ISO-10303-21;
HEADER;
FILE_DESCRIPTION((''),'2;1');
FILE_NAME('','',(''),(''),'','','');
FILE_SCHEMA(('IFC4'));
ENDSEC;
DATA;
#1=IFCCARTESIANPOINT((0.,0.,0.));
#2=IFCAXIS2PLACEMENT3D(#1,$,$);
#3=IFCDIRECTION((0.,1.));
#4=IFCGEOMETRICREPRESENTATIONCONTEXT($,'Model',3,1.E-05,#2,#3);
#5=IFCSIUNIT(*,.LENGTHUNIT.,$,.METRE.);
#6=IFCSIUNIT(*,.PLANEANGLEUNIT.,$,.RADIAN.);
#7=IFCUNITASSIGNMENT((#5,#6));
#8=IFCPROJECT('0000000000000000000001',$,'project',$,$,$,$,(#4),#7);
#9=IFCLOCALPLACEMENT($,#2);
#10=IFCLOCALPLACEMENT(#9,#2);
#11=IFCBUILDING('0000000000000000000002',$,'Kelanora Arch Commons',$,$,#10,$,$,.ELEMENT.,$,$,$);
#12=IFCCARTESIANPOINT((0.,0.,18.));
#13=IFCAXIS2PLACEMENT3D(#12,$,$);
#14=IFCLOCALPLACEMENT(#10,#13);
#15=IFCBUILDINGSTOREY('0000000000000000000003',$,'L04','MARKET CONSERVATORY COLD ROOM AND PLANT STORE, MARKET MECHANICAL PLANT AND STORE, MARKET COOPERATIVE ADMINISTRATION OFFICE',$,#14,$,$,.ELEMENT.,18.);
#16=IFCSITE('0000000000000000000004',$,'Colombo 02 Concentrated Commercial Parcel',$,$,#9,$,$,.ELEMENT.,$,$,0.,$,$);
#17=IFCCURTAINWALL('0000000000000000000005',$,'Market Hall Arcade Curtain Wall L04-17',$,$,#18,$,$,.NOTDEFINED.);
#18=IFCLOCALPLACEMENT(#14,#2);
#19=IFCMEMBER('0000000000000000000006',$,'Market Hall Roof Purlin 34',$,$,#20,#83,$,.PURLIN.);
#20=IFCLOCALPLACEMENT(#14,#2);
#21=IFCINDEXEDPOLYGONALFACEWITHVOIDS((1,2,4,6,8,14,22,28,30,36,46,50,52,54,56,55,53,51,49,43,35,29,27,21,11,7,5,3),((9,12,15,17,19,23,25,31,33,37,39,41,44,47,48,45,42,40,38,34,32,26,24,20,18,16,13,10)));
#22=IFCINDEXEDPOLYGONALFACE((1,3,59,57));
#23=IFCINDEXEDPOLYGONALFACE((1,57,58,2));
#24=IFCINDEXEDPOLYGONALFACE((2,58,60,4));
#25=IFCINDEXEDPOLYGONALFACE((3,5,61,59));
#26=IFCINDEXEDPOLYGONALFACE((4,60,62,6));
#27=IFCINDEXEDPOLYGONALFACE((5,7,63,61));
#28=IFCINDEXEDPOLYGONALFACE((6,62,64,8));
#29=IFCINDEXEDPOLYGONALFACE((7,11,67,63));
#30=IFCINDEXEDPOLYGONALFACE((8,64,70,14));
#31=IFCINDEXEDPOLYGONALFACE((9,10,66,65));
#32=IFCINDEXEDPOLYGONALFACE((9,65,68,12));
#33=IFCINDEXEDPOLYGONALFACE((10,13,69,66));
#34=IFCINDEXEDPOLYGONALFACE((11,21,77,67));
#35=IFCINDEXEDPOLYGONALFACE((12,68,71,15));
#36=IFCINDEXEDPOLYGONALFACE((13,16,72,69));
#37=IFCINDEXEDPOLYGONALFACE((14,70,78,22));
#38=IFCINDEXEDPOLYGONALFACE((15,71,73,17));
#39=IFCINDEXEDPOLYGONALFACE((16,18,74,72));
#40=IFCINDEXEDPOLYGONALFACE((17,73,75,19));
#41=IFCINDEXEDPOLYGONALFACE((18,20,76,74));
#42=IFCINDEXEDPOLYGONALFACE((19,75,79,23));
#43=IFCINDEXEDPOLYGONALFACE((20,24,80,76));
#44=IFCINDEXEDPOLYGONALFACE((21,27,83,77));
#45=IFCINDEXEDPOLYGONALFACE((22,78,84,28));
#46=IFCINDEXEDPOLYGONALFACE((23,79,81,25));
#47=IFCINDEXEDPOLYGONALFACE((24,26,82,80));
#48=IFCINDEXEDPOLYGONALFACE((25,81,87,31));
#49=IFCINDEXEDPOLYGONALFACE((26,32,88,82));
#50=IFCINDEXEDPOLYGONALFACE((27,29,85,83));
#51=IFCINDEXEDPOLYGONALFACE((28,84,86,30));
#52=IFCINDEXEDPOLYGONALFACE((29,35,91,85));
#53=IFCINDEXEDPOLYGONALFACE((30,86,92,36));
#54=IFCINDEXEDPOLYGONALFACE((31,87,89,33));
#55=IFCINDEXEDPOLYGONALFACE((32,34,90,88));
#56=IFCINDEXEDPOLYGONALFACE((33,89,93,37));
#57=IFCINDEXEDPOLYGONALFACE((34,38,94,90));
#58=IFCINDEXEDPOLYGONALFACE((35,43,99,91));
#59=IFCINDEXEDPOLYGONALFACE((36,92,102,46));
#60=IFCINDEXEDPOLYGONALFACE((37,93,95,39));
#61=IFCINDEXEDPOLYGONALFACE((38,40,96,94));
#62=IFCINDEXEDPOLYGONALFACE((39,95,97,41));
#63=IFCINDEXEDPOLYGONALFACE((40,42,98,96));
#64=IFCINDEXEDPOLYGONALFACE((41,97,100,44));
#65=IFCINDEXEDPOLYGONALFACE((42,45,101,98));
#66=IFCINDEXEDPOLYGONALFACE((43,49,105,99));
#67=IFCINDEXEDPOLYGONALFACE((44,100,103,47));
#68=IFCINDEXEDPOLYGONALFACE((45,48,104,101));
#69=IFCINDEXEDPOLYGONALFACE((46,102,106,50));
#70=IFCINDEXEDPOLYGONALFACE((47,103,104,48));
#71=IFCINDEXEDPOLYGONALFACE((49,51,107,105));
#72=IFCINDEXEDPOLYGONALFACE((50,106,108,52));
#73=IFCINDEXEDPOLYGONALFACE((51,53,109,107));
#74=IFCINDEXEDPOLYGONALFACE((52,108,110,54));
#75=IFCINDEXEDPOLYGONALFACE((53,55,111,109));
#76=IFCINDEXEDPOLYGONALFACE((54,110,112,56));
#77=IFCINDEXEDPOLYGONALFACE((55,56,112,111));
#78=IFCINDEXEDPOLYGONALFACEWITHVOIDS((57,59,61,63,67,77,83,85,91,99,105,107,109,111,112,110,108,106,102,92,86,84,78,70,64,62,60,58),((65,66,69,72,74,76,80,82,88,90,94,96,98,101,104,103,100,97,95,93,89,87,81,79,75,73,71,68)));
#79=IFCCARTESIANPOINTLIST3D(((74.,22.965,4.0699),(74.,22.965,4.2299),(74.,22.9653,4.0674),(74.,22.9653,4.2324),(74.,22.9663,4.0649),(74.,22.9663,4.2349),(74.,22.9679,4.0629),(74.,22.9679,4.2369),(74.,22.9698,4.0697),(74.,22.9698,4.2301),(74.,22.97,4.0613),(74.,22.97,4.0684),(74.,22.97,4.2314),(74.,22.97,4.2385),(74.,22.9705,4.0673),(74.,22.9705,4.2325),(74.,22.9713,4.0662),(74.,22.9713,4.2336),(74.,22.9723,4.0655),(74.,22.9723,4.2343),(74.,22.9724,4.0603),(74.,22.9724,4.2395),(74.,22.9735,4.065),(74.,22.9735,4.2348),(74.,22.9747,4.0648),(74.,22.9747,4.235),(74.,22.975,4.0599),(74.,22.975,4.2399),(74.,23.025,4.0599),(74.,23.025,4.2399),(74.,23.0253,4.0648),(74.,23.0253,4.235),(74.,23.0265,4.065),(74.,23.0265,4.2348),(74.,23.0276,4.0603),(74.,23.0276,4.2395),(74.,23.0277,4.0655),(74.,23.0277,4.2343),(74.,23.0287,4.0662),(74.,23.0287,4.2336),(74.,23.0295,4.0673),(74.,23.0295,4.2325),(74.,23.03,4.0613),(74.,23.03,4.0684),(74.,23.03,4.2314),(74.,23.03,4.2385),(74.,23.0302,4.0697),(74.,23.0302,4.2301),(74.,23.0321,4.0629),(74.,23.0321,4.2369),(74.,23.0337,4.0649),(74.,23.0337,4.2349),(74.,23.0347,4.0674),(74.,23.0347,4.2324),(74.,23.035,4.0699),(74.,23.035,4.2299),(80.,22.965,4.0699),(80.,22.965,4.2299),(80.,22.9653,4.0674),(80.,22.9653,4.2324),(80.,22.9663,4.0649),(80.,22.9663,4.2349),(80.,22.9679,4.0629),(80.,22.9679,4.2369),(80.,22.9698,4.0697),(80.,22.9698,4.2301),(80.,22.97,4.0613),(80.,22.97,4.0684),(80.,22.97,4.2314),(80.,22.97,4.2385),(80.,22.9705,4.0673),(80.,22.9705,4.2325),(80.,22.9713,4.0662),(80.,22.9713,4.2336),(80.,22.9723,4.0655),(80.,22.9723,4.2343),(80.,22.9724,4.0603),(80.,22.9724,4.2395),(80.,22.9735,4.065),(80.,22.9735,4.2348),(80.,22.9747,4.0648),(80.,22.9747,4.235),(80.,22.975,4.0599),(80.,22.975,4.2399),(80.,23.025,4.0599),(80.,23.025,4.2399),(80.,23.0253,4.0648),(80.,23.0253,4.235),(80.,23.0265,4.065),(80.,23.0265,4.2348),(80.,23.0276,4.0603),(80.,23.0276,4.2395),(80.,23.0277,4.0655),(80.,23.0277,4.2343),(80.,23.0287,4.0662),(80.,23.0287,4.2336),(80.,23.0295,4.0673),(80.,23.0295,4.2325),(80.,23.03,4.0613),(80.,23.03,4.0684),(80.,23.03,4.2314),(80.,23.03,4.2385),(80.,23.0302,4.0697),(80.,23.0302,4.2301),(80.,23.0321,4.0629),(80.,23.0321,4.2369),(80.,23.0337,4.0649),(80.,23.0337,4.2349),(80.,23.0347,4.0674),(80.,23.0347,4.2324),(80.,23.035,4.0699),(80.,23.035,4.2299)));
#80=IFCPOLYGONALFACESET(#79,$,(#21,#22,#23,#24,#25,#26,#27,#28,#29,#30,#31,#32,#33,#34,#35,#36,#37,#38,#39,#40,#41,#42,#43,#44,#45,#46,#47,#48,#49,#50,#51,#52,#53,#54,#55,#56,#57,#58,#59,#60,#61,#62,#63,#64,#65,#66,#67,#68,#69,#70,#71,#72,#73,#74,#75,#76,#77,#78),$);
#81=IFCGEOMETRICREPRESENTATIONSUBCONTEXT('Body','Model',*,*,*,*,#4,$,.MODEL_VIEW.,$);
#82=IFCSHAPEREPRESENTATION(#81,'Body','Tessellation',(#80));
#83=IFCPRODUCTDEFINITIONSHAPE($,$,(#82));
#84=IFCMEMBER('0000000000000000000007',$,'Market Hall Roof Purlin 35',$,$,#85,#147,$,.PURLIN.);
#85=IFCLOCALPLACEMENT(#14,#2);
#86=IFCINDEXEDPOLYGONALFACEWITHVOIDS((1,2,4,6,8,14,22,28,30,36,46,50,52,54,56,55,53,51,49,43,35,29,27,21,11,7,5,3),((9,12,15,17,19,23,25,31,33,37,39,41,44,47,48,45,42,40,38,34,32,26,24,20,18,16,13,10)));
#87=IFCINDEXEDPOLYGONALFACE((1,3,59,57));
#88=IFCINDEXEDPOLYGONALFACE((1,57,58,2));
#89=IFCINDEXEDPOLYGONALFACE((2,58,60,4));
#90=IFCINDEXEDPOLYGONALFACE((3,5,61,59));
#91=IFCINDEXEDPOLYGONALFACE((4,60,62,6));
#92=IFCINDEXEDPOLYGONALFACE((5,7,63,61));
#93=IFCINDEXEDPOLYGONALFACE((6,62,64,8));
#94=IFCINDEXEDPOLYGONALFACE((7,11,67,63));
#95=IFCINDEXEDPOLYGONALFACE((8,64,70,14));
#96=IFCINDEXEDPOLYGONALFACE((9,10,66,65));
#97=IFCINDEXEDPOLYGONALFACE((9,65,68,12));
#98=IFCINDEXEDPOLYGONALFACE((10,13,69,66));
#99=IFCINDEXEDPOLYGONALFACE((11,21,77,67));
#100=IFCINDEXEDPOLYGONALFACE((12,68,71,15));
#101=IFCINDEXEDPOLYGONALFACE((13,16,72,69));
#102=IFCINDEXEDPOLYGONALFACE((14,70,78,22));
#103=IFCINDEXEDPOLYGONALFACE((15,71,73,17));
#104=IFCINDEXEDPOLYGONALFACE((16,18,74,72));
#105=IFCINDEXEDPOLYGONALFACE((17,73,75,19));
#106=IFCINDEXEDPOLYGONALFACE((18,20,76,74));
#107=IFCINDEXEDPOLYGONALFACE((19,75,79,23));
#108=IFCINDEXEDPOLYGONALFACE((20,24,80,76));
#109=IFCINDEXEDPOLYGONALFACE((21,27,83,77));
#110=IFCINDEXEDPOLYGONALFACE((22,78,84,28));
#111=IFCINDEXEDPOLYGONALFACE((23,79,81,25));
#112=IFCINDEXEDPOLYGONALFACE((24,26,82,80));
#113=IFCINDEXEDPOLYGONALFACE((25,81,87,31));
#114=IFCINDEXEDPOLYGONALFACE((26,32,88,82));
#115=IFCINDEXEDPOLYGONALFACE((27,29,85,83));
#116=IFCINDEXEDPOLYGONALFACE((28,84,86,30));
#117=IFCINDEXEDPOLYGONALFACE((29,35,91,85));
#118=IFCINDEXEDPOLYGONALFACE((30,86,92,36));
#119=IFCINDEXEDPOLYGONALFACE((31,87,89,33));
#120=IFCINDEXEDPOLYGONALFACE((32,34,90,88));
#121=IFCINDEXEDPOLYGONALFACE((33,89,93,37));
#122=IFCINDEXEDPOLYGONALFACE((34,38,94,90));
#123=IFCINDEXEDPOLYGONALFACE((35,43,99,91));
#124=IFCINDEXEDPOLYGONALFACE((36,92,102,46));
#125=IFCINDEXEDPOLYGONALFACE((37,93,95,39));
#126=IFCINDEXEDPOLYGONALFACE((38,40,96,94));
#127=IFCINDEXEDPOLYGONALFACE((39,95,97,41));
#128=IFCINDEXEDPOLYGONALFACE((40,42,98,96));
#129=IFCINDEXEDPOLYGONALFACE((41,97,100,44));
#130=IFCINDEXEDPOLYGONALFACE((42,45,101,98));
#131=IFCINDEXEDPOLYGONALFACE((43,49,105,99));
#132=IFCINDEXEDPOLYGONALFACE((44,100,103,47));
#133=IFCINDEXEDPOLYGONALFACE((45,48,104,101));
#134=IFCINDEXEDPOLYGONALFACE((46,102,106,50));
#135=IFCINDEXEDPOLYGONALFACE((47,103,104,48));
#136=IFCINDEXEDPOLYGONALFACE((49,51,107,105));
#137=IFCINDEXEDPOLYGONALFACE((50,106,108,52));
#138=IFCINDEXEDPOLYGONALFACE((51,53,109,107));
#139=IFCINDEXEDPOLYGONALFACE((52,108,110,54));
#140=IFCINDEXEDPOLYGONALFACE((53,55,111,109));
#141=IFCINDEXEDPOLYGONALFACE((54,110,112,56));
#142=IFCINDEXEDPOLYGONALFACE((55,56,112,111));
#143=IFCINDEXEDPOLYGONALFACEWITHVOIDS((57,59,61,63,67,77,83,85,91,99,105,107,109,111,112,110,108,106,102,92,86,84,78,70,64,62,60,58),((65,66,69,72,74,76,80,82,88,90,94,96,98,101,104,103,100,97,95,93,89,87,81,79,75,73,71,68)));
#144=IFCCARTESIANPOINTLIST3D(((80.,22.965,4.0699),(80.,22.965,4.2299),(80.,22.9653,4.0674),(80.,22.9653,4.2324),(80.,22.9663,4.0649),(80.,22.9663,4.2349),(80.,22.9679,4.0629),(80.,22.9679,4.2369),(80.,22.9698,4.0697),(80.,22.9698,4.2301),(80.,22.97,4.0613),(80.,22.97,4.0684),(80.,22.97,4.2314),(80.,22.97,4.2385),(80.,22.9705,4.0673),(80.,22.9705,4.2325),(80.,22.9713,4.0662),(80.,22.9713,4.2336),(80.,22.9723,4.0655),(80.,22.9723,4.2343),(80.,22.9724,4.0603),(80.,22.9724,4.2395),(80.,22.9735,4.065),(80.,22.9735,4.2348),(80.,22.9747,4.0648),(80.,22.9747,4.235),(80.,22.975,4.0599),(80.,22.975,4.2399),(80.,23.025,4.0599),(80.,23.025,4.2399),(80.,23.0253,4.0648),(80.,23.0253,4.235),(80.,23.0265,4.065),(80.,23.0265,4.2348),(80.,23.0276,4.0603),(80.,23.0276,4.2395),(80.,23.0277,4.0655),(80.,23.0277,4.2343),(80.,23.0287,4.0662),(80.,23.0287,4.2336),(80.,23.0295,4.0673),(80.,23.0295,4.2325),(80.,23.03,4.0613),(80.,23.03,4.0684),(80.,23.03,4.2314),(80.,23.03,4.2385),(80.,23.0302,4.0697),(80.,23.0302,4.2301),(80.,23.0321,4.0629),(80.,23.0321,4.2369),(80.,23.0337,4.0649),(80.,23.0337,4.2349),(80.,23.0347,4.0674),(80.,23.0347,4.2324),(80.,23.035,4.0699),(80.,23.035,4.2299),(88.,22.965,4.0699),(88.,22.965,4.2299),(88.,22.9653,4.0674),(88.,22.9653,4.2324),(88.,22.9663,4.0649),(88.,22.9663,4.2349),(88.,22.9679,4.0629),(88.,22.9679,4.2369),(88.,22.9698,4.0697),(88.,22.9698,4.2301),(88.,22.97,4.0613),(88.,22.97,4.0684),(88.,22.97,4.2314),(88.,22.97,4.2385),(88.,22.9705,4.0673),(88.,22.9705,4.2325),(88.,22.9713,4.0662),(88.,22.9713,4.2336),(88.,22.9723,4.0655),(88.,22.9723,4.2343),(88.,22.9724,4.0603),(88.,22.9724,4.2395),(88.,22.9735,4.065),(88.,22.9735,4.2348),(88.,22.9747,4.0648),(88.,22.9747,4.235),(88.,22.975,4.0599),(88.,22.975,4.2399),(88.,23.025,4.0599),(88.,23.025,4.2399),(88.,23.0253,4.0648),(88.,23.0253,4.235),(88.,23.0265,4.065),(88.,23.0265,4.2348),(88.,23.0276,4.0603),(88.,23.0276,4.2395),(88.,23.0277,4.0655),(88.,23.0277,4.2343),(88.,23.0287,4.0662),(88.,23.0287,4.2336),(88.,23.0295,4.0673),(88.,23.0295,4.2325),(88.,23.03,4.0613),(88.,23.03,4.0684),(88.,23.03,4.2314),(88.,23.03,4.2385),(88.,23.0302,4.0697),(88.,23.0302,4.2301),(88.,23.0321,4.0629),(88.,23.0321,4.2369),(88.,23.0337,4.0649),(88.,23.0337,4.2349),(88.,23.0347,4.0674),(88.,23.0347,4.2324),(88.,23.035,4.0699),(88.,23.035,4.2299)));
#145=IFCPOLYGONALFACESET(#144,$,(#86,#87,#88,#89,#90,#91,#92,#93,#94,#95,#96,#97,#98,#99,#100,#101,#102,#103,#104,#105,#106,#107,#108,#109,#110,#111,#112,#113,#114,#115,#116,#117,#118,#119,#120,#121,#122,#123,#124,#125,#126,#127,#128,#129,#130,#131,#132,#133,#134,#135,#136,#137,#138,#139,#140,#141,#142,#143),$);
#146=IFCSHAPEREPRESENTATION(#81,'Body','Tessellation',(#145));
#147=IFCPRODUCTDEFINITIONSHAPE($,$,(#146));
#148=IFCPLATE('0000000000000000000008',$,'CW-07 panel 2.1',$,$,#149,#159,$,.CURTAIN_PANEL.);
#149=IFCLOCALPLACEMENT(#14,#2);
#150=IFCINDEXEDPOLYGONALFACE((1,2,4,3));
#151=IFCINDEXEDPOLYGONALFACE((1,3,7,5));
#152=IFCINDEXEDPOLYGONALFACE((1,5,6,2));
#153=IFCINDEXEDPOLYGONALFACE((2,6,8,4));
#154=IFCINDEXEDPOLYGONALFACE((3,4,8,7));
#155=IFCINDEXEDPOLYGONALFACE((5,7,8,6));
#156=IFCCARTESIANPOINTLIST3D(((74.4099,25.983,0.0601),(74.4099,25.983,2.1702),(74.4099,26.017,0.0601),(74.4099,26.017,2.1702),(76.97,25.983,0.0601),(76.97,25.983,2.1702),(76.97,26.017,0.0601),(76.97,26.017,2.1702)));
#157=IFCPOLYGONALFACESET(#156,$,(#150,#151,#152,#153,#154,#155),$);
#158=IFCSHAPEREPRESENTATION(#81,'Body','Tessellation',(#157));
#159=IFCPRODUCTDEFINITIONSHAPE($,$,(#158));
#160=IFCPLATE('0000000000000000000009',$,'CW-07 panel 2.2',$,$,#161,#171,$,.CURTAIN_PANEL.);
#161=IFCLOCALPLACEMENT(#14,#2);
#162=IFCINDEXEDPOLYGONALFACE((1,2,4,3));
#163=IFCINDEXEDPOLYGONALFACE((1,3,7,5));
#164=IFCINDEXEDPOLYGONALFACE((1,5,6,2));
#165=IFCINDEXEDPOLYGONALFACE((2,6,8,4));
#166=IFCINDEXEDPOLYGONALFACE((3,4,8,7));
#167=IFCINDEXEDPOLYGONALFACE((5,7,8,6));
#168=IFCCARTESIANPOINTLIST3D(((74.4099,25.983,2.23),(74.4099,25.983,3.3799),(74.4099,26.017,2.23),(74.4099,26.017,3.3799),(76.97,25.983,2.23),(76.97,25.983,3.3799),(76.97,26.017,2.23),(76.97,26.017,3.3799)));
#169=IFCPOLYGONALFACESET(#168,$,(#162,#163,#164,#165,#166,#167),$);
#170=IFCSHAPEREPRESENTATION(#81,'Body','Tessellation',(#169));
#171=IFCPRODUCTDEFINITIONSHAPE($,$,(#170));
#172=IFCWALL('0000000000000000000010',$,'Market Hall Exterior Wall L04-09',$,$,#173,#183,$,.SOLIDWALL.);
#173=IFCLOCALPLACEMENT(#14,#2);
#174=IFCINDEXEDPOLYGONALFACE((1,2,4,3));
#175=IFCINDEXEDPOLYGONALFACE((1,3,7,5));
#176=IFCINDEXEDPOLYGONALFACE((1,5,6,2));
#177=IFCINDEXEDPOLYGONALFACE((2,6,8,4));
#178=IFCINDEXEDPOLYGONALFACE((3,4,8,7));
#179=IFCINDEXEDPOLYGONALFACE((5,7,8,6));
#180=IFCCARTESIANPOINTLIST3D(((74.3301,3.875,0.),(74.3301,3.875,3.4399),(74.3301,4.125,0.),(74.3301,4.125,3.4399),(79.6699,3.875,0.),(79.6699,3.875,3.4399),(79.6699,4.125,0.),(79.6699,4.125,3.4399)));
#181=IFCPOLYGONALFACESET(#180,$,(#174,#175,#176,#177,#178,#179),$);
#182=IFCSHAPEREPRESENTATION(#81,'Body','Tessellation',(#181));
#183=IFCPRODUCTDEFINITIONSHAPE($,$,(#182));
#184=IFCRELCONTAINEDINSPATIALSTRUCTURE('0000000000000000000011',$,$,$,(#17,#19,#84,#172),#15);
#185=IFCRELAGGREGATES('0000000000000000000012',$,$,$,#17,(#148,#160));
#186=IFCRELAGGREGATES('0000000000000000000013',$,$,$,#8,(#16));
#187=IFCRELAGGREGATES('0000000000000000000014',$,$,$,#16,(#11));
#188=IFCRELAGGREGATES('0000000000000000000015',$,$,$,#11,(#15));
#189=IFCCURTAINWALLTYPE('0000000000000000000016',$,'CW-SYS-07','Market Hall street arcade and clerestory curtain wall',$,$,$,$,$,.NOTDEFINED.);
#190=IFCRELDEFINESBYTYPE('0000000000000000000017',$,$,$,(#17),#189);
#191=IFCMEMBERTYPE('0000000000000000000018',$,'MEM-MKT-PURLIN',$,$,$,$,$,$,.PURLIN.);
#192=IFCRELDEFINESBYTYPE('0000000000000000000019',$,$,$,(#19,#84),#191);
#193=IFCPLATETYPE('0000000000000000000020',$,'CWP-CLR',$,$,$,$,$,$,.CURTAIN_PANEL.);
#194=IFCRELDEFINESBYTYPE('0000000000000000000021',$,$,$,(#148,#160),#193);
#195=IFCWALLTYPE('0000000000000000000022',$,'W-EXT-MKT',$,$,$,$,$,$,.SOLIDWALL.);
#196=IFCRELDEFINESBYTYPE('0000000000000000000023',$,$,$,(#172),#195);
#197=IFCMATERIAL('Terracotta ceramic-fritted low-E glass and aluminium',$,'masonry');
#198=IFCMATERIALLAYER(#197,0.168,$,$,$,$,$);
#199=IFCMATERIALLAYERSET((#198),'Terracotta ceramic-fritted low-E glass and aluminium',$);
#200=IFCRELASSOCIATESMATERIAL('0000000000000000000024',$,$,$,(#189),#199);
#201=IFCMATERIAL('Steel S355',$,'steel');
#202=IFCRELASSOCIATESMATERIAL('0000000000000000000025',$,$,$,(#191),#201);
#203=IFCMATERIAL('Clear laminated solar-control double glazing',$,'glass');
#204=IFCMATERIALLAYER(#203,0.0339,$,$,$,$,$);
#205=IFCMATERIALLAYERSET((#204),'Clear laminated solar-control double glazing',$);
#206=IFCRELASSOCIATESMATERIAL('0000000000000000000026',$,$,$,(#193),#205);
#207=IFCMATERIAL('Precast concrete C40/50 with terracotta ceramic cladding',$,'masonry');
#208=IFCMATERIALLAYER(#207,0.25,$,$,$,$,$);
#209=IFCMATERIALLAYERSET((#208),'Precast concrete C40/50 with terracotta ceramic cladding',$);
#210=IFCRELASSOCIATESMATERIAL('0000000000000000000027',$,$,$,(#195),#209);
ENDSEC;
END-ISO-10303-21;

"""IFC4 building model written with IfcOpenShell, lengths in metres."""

from ifc_helpers import new_model, si_unit, direction, frame, frame_2d, origin, origin_2d, place, context, subcontext, project, spatial, rectangle, hollow_rectangle, extrude, source, transform, mapped, material, layer, layer_set, material_profile, profile_set, type_object, element, aggregate, save


model = new_model("IFC4")

# Units and contexts
model_context = context("Model", 3, precision=1e-05, world=origin(), true_north=direction((0.0, 1.0)))
body_context = subcontext(model_context, "Body", "Model", "MODEL_VIEW")
ifc_project = project(units=[si_unit("LENGTHUNIT", "METRE"), si_unit("PLANEANGLEUNIT", "RADIAN")], contexts=[model_context])

# Site, building, storey
site_placement = place(None, origin())
site = spatial("IfcSite", under=ifc_project, at=site_placement, Name="Colombo 02 Concentrated Commercial Parcel", CompositionType="ELEMENT", RefElevation=0.0)
building_placement = place(site_placement, origin())
building = spatial("IfcBuilding", under=site, at=building_placement, Name="Kelanora Arch Commons", CompositionType="ELEMENT")
storey_placement = place(building_placement, frame((0.0, 0.0, 18.0)))
storey = spatial("IfcBuildingStorey", under=building, at=storey_placement, Name="L04", Description="MARKET CONSERVATORY COLD ROOM AND PLANT STORE, MARKET MECHANICAL PLANT AND STORE, MARKET COOPERATIVE ADMINISTRATION OFFICE", CompositionType="ELEMENT", Elevation=18.0)

# Shared definitions
ifc_material_1 = material(Name="Steel S355", Category="steel")

# Curtain wall
ifc_material_2 = material(Name="Terracotta ceramic-fritted low-E glass and aluminium", Category="masonry")
ifc_layer_1 = layer(ifc_material_2, 0.168)
ifc_layer_set_1 = layer_set([ifc_layer_1], Name="Terracotta ceramic-fritted low-E glass and aluminium")
curtain_wall_type = type_object("IfcCurtainWallType", Name="CW-SYS-07", Description="Market Hall street arcade and clerestory curtain wall", PredefinedType="NOTDEFINED", material=ifc_layer_set_1)
curtain_wall_placement = place(storey_placement, origin())
curtain_wall = element("IfcCurtainWall", 1, at=curtain_wall_placement, inside=storey, type_object=curtain_wall_type, Name="Market Hall Arcade Curtain Wall L04-17", PredefinedType="NOTDEFINED")

# Members
ifc_material_profile_1 = material_profile(ifc_material_1, hollow_rectangle(XDim=0.0701, YDim=0.1799, WallThickness=0.0049, InnerFilletRadius=0.0049, OuterFilletRadius=0.01, at=origin_2d()), Name="RHS180x70x5")
ifc_profile_set_1 = profile_set([ifc_material_profile_1], Name="Steel S355")
member_type_1 = type_object("IfcMemberType", Name="MEM-MKT-PURLIN", PredefinedType="PURLIN", material=ifc_profile_set_1)
member_1_placement = place(storey_placement, frame((74.0, 23.0, 4.1499), z_axis=(1.0, 0.0, 0.0), x_axis=(0.0, 1.0, 0.0)))
element("IfcMember", 2, at=member_1_placement, inside=storey, type_object=member_type_1, Name="Market Hall Roof Purlin 34", PredefinedType="PURLIN", context=body_context, shape_type="SweptSolid", body=[
    extrude(hollow_rectangle(XDim=0.0701, YDim=0.1799, WallThickness=0.0049, InnerFilletRadius=0.0049, OuterFilletRadius=0.01, at=origin_2d()), origin(), (0.0, 0.0, 1.0), 6.0),
])
member_2_placement = place(storey_placement, frame((80.0, 23.0, 4.1499), z_axis=(1.0, 0.0, 0.0), x_axis=(0.0, 1.0, 0.0)))
element("IfcMember", 3, at=member_2_placement, inside=storey, type_object=member_type_1, Name="Market Hall Roof Purlin 35", PredefinedType="PURLIN", context=body_context, shape_type="SweptSolid", body=[
    extrude(hollow_rectangle(XDim=0.0701, YDim=0.1799, WallThickness=0.0049, InnerFilletRadius=0.0049, OuterFilletRadius=0.01, at=origin_2d()), origin(), (0.0, 0.0, 1.0), 8.0),
])

# Plates
ifc_material_3 = material(Name="Clear laminated solar-control double glazing", Category="glass")
ifc_layer_2 = layer(ifc_material_3, 0.0339)
ifc_layer_set_2 = layer_set([ifc_layer_2], Name="Clear laminated solar-control double glazing")
plate_type = type_object("IfcPlateType", Name="CWP-CLR", PredefinedType="CURTAIN_PANEL", material=ifc_layer_set_2)
shared_shape_1 = source(origin(), body_context, "Body", "SweptSolid", [
    extrude(rectangle(XDim=2.5601, YDim=0.0339, at=origin_2d()), origin(), (0.0, 0.0, 1.0), 2.1101),
])
plate_1_placement = place(storey_placement, frame((75.6899, 26.0, 0.0601), z_axis=(0.0, 0.0, 1.0), x_axis=(-1.0, 0.0, 0.0)))
plate_1 = element("IfcPlate", 4, at=plate_1_placement, type_object=plate_type, Name="CW-07 panel 2.1", PredefinedType="CURTAIN_PANEL", context=body_context, shape_type="MappedRepresentation", body=[
    mapped(shared_shape_1, transform((0.0, 0.0, 0.0), scale=1.0)),
])
shared_shape_2 = source(origin(), body_context, "Body", "SweptSolid", [
    extrude(rectangle(XDim=2.5601, YDim=0.0339, at=origin_2d()), origin(), (0.0, 0.0, 1.0), 1.1499),
])
plate_2_placement = place(storey_placement, frame((75.6899, 26.0, 2.23), z_axis=(0.0, 0.0, 1.0), x_axis=(-1.0, 0.0, 0.0)))
plate_2 = element("IfcPlate", 5, at=plate_2_placement, type_object=plate_type, Name="CW-07 panel 2.2", PredefinedType="CURTAIN_PANEL", context=body_context, shape_type="MappedRepresentation", body=[
    mapped(shared_shape_2, transform((0.0, 0.0, 0.0), scale=1.0)),
])
aggregate(curtain_wall, [plate_1, plate_2])

# Wall
ifc_material_4 = material(Name="Precast concrete C40/50 with terracotta ceramic cladding", Category="masonry")
ifc_layer_3 = layer(ifc_material_4, 0.25)
ifc_layer_set_3 = layer_set([ifc_layer_3], Name="Precast concrete C40/50 with terracotta ceramic cladding")
wall_type_1 = type_object("IfcWallType", Name="W-EXT-MKT", PredefinedType="SOLIDWALL", material=ifc_layer_set_3)
wall_1_placement = place(storey_placement, frame((74.3301, 4.0, 0.0), z_axis=(0.0, 0.0, 1.0), x_axis=(1.0, 0.0, 0.0)))
element("IfcWall", 6, at=wall_1_placement, inside=storey, type_object=wall_type_1, Name="Market Hall Exterior Wall L04-09", PredefinedType="SOLIDWALL", context=body_context, shape_type="SweptSolid", body=[
    extrude(rectangle(XDim=5.3398, YDim=0.25, at=frame_2d((2.6699, 0.0))), origin(), (0.0, 0.0, 1.0), 3.4399),
])

save(model, "model.ifc")
